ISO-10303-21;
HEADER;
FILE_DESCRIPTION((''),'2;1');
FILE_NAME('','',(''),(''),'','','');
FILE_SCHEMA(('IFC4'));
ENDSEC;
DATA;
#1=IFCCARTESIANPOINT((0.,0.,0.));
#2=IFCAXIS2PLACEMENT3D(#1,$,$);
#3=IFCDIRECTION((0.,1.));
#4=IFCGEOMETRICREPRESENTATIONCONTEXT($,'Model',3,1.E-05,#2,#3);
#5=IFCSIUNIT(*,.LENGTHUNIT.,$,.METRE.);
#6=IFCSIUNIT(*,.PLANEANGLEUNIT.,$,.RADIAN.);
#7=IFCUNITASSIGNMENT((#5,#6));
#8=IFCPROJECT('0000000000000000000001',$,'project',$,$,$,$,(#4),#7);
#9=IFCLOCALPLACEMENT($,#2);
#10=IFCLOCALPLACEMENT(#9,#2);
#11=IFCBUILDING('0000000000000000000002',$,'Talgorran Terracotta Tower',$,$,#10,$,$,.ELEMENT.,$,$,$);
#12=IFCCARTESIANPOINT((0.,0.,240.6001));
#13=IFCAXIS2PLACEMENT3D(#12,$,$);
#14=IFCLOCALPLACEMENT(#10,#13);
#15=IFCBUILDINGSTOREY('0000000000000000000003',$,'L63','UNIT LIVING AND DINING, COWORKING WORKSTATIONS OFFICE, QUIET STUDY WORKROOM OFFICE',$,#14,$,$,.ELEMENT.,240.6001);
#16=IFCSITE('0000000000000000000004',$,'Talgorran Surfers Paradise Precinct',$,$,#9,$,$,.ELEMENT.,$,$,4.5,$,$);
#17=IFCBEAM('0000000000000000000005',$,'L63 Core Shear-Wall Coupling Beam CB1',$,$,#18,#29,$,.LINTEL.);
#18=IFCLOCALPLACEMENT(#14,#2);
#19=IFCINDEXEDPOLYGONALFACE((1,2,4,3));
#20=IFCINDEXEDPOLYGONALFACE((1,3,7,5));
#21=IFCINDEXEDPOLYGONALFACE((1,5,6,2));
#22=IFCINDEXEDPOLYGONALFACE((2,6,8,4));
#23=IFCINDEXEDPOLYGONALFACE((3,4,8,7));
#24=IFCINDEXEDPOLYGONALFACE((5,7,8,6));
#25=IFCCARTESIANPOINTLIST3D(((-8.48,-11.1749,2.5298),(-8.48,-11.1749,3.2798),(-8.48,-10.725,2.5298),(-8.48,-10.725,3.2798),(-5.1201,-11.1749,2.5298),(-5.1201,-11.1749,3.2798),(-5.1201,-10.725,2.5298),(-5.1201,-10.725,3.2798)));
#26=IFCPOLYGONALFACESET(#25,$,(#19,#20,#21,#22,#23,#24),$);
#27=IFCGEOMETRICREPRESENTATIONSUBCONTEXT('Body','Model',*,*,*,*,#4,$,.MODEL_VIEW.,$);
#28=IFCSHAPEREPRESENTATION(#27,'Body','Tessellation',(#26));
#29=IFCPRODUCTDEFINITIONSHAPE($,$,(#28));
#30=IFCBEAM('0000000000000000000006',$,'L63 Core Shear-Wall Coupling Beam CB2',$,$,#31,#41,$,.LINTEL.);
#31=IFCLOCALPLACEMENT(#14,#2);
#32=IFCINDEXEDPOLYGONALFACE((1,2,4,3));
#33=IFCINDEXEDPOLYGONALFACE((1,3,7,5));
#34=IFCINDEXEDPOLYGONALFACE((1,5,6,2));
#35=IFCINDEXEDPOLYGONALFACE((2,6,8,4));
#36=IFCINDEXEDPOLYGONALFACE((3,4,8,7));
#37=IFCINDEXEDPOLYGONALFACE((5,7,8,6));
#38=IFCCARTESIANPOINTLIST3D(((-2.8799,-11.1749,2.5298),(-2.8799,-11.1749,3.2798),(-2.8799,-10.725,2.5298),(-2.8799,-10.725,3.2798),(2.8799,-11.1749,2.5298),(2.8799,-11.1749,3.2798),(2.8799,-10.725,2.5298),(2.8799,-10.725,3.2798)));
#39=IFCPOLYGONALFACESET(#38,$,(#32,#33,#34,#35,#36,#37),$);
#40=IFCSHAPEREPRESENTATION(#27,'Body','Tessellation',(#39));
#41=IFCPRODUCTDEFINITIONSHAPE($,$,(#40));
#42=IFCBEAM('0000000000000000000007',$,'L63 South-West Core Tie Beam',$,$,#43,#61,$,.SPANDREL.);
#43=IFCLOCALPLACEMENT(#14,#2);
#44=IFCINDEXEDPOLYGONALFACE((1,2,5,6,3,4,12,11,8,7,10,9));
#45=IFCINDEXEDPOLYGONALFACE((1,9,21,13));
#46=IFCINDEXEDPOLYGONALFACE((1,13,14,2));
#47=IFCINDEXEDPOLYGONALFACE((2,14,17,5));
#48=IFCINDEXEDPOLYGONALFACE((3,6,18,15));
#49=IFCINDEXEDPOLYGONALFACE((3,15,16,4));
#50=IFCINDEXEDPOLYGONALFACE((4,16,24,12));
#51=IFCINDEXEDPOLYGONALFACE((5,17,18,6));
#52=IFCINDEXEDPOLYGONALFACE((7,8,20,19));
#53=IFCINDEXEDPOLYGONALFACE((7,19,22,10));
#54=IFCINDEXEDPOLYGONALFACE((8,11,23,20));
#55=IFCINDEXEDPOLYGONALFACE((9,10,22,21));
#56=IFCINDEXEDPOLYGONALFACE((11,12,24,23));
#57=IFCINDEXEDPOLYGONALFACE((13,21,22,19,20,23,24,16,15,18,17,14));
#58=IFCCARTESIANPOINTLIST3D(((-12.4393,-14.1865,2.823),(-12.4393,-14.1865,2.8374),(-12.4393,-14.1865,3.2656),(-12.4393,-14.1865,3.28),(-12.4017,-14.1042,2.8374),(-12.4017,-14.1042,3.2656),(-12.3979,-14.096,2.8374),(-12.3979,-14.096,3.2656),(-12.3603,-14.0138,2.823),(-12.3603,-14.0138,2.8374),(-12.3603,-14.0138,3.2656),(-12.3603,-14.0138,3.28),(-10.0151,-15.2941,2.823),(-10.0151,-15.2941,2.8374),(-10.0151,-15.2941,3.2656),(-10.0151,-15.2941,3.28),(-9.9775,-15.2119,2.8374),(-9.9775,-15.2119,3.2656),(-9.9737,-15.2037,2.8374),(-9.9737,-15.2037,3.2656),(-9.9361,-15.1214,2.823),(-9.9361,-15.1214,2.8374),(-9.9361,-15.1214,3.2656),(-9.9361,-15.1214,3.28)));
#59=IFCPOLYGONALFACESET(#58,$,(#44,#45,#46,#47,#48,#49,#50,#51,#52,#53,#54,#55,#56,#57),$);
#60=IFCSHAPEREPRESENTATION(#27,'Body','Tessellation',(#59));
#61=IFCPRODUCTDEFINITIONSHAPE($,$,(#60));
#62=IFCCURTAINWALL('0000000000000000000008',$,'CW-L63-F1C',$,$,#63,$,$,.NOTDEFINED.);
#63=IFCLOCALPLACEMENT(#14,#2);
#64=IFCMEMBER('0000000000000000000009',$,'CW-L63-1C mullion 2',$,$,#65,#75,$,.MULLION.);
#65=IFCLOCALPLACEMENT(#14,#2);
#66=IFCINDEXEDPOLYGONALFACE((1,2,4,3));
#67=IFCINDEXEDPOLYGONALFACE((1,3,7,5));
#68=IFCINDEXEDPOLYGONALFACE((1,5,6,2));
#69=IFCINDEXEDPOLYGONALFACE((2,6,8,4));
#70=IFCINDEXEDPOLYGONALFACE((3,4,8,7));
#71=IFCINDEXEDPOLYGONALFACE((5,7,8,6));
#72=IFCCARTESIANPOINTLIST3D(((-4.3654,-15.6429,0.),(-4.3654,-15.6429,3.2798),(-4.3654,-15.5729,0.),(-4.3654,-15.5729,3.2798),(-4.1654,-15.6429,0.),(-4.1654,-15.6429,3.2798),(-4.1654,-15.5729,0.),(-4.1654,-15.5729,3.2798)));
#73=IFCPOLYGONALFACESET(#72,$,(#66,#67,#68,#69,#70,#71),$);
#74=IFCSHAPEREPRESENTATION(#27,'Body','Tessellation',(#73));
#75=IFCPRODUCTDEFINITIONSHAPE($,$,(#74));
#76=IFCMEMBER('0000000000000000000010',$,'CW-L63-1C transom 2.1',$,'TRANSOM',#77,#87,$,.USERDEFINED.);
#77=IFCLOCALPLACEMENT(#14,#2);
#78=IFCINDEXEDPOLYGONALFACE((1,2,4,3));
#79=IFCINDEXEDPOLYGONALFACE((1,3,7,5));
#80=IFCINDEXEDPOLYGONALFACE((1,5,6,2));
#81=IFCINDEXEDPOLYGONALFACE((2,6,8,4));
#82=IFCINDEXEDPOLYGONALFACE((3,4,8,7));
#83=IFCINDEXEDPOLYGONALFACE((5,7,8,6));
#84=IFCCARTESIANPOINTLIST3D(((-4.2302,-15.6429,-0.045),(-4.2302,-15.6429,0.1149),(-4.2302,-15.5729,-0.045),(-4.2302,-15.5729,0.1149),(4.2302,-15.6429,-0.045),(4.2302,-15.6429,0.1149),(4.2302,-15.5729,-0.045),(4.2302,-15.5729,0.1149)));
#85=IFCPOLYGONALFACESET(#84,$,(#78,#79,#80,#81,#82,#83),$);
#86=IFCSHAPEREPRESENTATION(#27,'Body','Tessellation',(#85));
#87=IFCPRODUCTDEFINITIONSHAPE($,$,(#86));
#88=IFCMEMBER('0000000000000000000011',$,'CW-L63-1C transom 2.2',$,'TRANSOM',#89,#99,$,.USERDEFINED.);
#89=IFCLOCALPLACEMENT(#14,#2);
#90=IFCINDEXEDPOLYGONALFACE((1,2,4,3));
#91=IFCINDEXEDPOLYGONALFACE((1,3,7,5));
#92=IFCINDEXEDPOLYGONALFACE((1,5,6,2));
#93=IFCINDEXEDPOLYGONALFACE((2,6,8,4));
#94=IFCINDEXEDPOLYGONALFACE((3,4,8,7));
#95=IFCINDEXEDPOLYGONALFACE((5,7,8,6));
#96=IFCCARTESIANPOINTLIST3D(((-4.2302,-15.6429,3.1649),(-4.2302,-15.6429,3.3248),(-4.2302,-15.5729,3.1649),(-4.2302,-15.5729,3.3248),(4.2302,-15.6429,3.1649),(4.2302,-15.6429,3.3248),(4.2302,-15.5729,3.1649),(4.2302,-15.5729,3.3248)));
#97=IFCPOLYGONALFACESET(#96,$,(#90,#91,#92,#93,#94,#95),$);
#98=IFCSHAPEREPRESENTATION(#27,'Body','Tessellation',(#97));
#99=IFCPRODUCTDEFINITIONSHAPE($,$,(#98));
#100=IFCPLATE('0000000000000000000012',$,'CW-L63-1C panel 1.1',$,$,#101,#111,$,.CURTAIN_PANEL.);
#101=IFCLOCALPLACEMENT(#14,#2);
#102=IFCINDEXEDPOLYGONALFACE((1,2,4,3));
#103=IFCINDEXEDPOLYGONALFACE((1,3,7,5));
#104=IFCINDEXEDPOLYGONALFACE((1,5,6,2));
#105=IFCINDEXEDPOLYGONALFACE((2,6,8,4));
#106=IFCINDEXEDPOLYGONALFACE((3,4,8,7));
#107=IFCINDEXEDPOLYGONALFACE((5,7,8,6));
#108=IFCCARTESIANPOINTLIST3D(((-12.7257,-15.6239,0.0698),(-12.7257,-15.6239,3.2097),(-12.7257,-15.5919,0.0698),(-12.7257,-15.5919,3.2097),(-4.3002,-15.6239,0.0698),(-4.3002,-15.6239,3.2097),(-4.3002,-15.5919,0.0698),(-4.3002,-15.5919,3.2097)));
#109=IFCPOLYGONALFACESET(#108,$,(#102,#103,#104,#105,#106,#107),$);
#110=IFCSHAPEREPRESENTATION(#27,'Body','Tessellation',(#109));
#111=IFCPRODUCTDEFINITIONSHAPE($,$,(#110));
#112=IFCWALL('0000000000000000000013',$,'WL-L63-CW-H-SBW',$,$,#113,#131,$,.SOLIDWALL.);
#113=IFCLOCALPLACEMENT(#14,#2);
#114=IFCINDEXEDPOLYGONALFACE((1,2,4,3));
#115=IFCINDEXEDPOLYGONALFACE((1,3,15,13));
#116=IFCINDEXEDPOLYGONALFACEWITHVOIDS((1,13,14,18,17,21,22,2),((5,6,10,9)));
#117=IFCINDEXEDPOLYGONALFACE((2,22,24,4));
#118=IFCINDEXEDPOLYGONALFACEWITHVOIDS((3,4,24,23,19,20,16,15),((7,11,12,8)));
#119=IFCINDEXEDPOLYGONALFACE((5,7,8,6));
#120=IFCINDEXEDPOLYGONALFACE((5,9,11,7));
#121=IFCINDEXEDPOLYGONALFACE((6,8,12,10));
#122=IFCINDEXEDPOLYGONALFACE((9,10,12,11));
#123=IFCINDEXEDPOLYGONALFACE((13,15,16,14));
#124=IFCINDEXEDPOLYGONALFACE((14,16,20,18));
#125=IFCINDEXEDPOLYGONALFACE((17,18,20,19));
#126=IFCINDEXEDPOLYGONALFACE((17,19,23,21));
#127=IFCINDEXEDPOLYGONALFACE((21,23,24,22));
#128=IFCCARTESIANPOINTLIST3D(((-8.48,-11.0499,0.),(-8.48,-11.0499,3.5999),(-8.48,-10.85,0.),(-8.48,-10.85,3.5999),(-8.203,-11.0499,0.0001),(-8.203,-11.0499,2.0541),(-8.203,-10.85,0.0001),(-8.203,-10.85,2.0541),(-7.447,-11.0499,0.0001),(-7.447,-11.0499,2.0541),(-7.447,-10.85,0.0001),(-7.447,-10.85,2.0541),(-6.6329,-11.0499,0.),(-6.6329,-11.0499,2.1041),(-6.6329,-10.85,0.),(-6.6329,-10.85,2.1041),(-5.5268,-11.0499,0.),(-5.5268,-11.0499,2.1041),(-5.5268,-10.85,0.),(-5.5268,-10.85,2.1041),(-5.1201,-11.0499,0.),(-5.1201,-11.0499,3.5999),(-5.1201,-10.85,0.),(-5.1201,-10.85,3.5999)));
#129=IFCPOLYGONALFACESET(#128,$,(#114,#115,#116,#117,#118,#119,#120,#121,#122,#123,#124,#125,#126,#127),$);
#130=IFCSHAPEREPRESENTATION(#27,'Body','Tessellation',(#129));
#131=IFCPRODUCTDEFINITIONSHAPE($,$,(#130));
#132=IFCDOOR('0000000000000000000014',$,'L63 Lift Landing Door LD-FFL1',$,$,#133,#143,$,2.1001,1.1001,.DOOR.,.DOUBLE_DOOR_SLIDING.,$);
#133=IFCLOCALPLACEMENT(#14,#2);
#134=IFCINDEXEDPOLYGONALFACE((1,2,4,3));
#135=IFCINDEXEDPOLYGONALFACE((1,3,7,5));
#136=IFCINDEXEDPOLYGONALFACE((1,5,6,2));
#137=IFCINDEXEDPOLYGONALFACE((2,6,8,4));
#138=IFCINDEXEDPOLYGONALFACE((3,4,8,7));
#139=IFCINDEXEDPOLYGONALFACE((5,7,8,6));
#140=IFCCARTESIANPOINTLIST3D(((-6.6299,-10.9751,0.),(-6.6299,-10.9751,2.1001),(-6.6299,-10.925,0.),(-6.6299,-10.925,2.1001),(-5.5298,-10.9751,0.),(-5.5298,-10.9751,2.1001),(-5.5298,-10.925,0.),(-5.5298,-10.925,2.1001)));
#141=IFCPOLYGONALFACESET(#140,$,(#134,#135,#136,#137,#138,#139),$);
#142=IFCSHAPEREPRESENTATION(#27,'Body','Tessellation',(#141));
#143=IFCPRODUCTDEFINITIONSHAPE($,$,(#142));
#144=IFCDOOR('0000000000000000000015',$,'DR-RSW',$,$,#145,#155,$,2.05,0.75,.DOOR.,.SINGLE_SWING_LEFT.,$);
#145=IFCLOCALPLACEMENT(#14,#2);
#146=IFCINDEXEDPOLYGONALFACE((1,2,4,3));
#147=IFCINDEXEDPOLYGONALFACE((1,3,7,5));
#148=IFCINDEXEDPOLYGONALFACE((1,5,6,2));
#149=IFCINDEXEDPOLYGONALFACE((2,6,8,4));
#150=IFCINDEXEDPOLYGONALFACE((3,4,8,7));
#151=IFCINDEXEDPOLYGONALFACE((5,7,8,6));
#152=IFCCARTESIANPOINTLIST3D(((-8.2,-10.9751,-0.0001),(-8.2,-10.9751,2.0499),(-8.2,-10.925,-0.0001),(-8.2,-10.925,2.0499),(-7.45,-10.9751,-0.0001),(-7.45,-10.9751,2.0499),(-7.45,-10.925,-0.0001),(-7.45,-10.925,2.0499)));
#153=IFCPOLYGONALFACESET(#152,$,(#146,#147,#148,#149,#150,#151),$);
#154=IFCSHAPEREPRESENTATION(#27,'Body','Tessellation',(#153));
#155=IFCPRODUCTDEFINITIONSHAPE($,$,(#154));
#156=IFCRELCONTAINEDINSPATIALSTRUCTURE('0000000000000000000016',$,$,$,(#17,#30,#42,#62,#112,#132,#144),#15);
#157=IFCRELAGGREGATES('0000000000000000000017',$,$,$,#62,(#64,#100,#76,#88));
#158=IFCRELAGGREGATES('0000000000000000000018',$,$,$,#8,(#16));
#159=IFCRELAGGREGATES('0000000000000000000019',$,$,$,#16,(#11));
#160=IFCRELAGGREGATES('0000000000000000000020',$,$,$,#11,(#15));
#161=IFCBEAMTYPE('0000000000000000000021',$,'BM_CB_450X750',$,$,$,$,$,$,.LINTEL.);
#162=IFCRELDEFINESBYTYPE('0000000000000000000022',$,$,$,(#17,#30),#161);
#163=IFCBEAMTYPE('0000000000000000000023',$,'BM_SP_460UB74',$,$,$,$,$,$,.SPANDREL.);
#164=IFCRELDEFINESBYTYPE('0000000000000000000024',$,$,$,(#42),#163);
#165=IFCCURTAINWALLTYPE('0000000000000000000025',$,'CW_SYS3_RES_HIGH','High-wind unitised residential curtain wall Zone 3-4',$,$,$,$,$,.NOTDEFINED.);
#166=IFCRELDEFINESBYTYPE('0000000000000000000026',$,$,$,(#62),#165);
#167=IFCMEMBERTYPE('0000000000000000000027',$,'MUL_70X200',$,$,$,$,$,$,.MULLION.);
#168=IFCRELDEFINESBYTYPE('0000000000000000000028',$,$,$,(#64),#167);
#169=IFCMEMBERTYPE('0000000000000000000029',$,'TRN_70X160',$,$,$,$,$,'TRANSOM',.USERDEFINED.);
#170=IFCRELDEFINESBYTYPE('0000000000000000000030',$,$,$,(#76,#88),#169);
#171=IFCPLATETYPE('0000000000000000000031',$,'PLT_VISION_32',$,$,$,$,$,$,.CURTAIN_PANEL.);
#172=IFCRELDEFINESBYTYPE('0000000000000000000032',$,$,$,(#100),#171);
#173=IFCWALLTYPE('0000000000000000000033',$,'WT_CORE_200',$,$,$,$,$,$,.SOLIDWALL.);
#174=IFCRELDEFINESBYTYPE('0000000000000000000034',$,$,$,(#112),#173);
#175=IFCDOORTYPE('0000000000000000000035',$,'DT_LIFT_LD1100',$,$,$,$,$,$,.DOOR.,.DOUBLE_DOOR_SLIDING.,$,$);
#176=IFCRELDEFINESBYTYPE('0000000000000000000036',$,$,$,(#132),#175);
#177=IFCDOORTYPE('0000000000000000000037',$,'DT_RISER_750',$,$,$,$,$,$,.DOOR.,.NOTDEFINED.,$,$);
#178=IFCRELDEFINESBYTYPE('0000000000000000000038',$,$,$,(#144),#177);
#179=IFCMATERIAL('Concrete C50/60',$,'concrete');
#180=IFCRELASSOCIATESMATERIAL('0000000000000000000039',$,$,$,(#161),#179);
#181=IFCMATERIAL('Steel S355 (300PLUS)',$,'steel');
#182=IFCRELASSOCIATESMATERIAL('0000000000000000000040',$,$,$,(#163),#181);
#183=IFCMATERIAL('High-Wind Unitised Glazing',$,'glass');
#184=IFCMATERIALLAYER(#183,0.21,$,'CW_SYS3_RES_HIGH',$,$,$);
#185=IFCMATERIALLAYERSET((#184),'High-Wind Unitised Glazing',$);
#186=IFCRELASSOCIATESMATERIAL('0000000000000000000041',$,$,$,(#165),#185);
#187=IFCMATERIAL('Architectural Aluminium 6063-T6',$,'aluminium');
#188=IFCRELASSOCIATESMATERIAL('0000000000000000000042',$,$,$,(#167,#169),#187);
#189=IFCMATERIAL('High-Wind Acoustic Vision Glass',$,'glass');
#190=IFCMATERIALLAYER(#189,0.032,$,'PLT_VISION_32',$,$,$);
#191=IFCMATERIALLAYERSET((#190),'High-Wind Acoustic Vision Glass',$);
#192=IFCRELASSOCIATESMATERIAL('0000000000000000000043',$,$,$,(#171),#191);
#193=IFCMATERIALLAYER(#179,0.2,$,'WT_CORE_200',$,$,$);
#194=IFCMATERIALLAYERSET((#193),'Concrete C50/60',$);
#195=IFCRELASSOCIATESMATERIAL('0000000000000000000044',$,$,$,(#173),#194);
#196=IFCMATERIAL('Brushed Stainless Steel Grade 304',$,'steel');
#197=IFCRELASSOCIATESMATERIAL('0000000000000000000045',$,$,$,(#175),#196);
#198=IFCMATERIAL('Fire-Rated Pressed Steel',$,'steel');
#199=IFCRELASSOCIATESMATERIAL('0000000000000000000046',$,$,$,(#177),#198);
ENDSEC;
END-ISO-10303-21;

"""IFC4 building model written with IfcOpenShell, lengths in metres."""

from ifc_helpers import new_model, si_unit, direction, frame, frame_2d, origin, origin_2d, place, context, subcontext, project, spatial, rectangle, i_section, extrude, source, transform, mapped, material, layer, layer_set, material_profile, profile_set, type_object, type_shapes, element, fill, aggregate, save


model = new_model("IFC4")

# Units and contexts
model_context = context("Model", 3, precision=1e-05, world=origin(), true_north=direction((0.0, 1.0)))
body_context = subcontext(model_context, "Body", "Model", "MODEL_VIEW")
ifc_project = project(units=[si_unit("LENGTHUNIT", "METRE"), si_unit("PLANEANGLEUNIT", "RADIAN")], contexts=[model_context])

# Site, building, storey
site_placement = place(None, origin())
site = spatial("IfcSite", under=ifc_project, at=site_placement, Name="Talgorran Surfers Paradise Precinct", CompositionType="ELEMENT", RefElevation=4.5)
building_placement = place(site_placement, origin())
building = spatial("IfcBuilding", under=site, at=building_placement, Name="Talgorran Terracotta Tower", CompositionType="ELEMENT")
storey_placement = place(building_placement, frame((0.0, 0.0, 240.6001)))
storey = spatial("IfcBuildingStorey", under=building, at=storey_placement, Name="L63", Description="UNIT LIVING AND DINING, COWORKING WORKSTATIONS OFFICE, QUIET STUDY WORKROOM OFFICE", CompositionType="ELEMENT", Elevation=240.6001)

# Beams
ifc_material_1 = material(Name="Concrete C50/60", Category="concrete")
ifc_material_profile_1 = material_profile(ifc_material_1, rectangle(XDim=0.45, YDim=0.75, at=origin_2d()), Name="RCCB450X750")
ifc_profile_set_1 = profile_set([ifc_material_profile_1], Name="Concrete C50/60")
beam_type_1 = type_object("IfcBeamType", Name="BM_CB_450X750", PredefinedType="LINTEL", material=ifc_profile_set_1)
beam_1_placement = place(storey_placement, frame((-8.48, -10.95, 2.9048), z_axis=(1.0, 0.0, 0.0), x_axis=(0.0, 1.0, 0.0)))
element("IfcBeam", 1, at=beam_1_placement, inside=storey, type_object=beam_type_1, Name="L63 Core Shear-Wall Coupling Beam CB1", PredefinedType="LINTEL", context=body_context, shape_type="SweptSolid", body=[
    extrude(rectangle(XDim=0.45, YDim=0.75, at=origin_2d()), origin(), (0.0, 0.0, 1.0), 3.3599),
])
beam_2_placement = place(storey_placement, frame((-2.8799, -10.95, 2.9048), z_axis=(1.0, 0.0, 0.0), x_axis=(0.0, 1.0, 0.0)))
element("IfcBeam", 2, at=beam_2_placement, inside=storey, type_object=beam_type_1, Name="L63 Core Shear-Wall Coupling Beam CB2", PredefinedType="LINTEL", context=body_context, shape_type="SweptSolid", body=[
    extrude(rectangle(XDim=0.45, YDim=0.75, at=origin_2d()), origin(), (0.0, 0.0, 1.0), 5.7598),
])
ifc_material_2 = material(Name="Steel S355 (300PLUS)", Category="steel")
ifc_material_profile_2 = material_profile(ifc_material_2, i_section(OverallWidth=0.1899, OverallDepth=0.457, WebThickness=0.009, FlangeThickness=0.0144, at=origin_2d()), Name="460UB74.6")
ifc_profile_set_2 = profile_set([ifc_material_profile_2], Name="Steel S355 (300PLUS)")
beam_type_2 = type_object("IfcBeamType", Name="BM_SP_460UB74", PredefinedType="SPANDREL", material=ifc_profile_set_2)
beam_3_placement = place(storey_placement, frame((-9.9756, -15.2078, 3.0515), z_axis=(-0.909559, 0.415576, 0.0), x_axis=(-0.415576, -0.909559, 0.0)))
element("IfcBeam", 3, at=beam_3_placement, inside=storey, type_object=beam_type_2, Name="L63 South-West Core Tie Beam", PredefinedType="SPANDREL", context=body_context, shape_type="SweptSolid", body=[
    extrude(i_section(OverallWidth=0.1899, OverallDepth=0.457, WebThickness=0.009, FlangeThickness=0.0144, at=origin_2d()), origin(), (0.0, 0.0, 1.0), 2.6653),
])

# Curtain wall, members, plate
ifc_material_3 = material(Name="High-Wind Unitised Glazing", Category="glass")
ifc_layer_1 = layer(ifc_material_3, 0.21, Name="CW_SYS3_RES_HIGH")
ifc_layer_set_1 = layer_set([ifc_layer_1], Name="High-Wind Unitised Glazing")
curtain_wall_type = type_object("IfcCurtainWallType", Name="CW_SYS3_RES_HIGH", Description="High-wind unitised residential curtain wall Zone 3-4", PredefinedType="NOTDEFINED", material=ifc_layer_set_1)
curtain_wall_placement = place(storey_placement, origin())
curtain_wall = element("IfcCurtainWall", 4, at=curtain_wall_placement, inside=storey, type_object=curtain_wall_type, Name="CW-L63-F1C", PredefinedType="NOTDEFINED")
ifc_material_4 = material(Name="Architectural Aluminium 6063-T6", Category="aluminium")
ifc_material_profile_3 = material_profile(ifc_material_4, rectangle(XDim=0.0701, YDim=0.2, at=origin_2d()), Name="CWM70X200")
ifc_profile_set_3 = profile_set([ifc_material_profile_3], Name="Architectural Aluminium 6063-T6")
member_type_1 = type_object("IfcMemberType", Name="MUL_70X200", PredefinedType="MULLION", material=ifc_profile_set_3)
member_1_placement = place(storey_placement, frame((-4.2654, -15.6079, 0.0), z_axis=(0.0, 0.0, 1.0), x_axis=(0.0, 1.0, 0.0)))
member_1 = element("IfcMember", 5, at=member_1_placement, type_object=member_type_1, Name="CW-L63-1C mullion 2", PredefinedType="MULLION", context=body_context, shape_type="SweptSolid", body=[
    extrude(rectangle(XDim=0.0701, YDim=0.2, at=origin_2d()), origin(), (0.0, 0.0, 1.0), 3.2798),
])
ifc_material_profile_4 = material_profile(ifc_material_4, rectangle(XDim=0.0701, YDim=0.1599, at=origin_2d()), Name="CWT70X160")
ifc_profile_set_4 = profile_set([ifc_material_profile_4], Name="Architectural Aluminium 6063-T6")
member_type_2 = type_object("IfcMemberType", Name="TRN_70X160", ElementType="TRANSOM", PredefinedType="USERDEFINED", material=ifc_profile_set_4)
member_2_placement = place(storey_placement, frame((-4.2302, -15.6079, 0.0349), z_axis=(1.0, 0.0, 0.0), x_axis=(0.0, 1.0, 0.0)))
member_2 = element("IfcMember", 6, at=member_2_placement, type_object=member_type_2, Name="CW-L63-1C transom 2.1", ObjectType="TRANSOM", PredefinedType="USERDEFINED", context=body_context, shape_type="SweptSolid", body=[
    extrude(rectangle(XDim=0.0701, YDim=0.1599, at=origin_2d()), origin(), (0.0, 0.0, 1.0), 8.4604),
])
member_3_placement = place(storey_placement, frame((-4.2302, -15.6079, 3.2449), z_axis=(1.0, 0.0, 0.0), x_axis=(0.0, 1.0, 0.0)))
member_3 = element("IfcMember", 7, at=member_3_placement, type_object=member_type_2, Name="CW-L63-1C transom 2.2", ObjectType="TRANSOM", PredefinedType="USERDEFINED", context=body_context, shape_type="SweptSolid", body=[
    extrude(rectangle(XDim=0.0701, YDim=0.1599, at=origin_2d()), origin(), (0.0, 0.0, 1.0), 8.4604),
])
ifc_material_5 = material(Name="High-Wind Acoustic Vision Glass", Category="glass")
ifc_layer_2 = layer(ifc_material_5, 0.032, Name="PLT_VISION_32")
ifc_layer_set_2 = layer_set([ifc_layer_2], Name="High-Wind Acoustic Vision Glass")
plate_type = type_object("IfcPlateType", Name="PLT_VISION_32", PredefinedType="CURTAIN_PANEL", material=ifc_layer_set_2)
shared_shape = source(origin(), body_context, "Body", "SweptSolid", [
    extrude(rectangle(XDim=8.4255, YDim=0.032, at=origin_2d()), origin(), (0.0, 0.0, 1.0), 3.1399),
])
type_shapes(plate_type, [shared_shape])
plate_placement = place(storey_placement, frame((-8.5129, -15.6079, 0.0698), z_axis=(0.0, 0.0, 1.0), x_axis=(1.0, 0.0, 0.0)))
plate = element("IfcPlate", 8, at=plate_placement, type_object=plate_type, Name="CW-L63-1C panel 1.1", PredefinedType="CURTAIN_PANEL", context=body_context, shape_type="MappedRepresentation", body=[
    mapped(shared_shape, transform((0.0, 0.0, 0.0), scale=1.0)),
])
aggregate(curtain_wall, [member_1, plate, member_2, member_3])

# Wall, openings, doors
ifc_layer_3 = layer(ifc_material_1, 0.2, Name="WT_CORE_200")
ifc_layer_set_3 = layer_set([ifc_layer_3], Name="Concrete C50/60")
wall_type_1 = type_object("IfcWallType", Name="WT_CORE_200", PredefinedType="SOLIDWALL", material=ifc_layer_set_3)
wall_1_placement = place(storey_placement, frame((-8.48, -10.95, 0.0), z_axis=(0.0, 0.0, 1.0), x_axis=(1.0, 0.0, 0.0)))
wall_1 = element("IfcWall", 9, at=wall_1_placement, inside=storey, type_object=wall_type_1, Name="WL-L63-CW-H-SBW", PredefinedType="SOLIDWALL", context=body_context, shape_type="SweptSolid", body=[
    extrude(rectangle(XDim=3.3599, YDim=0.2, at=frame_2d((1.6799, 0.0))), origin(), (0.0, 0.0, 1.0), 3.5999),
])
opening_1_placement = place(wall_1_placement, frame((0.28, 0.0, 0.0)))
opening_1 = element("IfcOpeningElement", 10, at=opening_1_placement, cuts=wall_1, PredefinedType="OPENING", context=body_context, shape_type="SweptSolid", body=[
    extrude(rectangle(XDim=0.756, YDim=2.054, at=frame_2d((0.375, 1.0271))), frame((0.0, 0.1099, 0.0), z_axis=(0.0, -1.0, 0.0), x_axis=(1.0, 0.0, 0.0)), (0.0, 0.0, 1.0), 0.22),
])
opening_2_placement = place(wall_1_placement, frame((1.8501, 0.0, 0.0)))
opening_2 = element("IfcOpeningElement", 11, at=opening_2_placement, cuts=wall_1, PredefinedType="OPENING", context=body_context, shape_type="SweptSolid", body=[
    extrude(rectangle(XDim=1.1061, YDim=2.1041, at=frame_2d((0.55, 1.052))), frame((0.0, 0.1099, 0.0), z_axis=(0.0, -1.0, 0.0), x_axis=(1.0, 0.0, 0.0)), (0.0, 0.0, 1.0), 0.22),
])
ifc_material_6 = material(Name="Brushed Stainless Steel Grade 304", Category="steel")
door_type_1 = type_object("IfcDoorType", Name="DT_LIFT_LD1100", OperationType="DOUBLE_DOOR_SLIDING", PredefinedType="DOOR", material=ifc_material_6)
door_1_placement = place(opening_2_placement, origin())
door_1 = element("IfcDoor", 12, at=door_1_placement, inside=storey, type_object=door_type_1, Name="L63 Lift Landing Door LD-FFL1", OperationType="DOUBLE_DOOR_SLIDING", OverallHeight=2.1001, OverallWidth=1.1001, PredefinedType="DOOR", context=body_context, shape_type="SweptSolid", body=[
    extrude(rectangle(XDim=1.1001, YDim=2.1001, at=frame_2d((0.55, 1.05))), frame((0.0, 0.0249, 0.0), z_axis=(0.0, -1.0, 0.0), x_axis=(1.0, 0.0, 0.0)), (0.0, 0.0, 1.0), 0.05),
])
fill(opening_2, door_1)
ifc_material_7 = material(Name="Fire-Rated Pressed Steel", Category="steel")
door_type_2 = type_object("IfcDoorType", Name="DT_RISER_750", OperationType="NOTDEFINED", PredefinedType="DOOR", material=ifc_material_7)
door_2_placement = place(opening_1_placement, origin())
door_2 = element("IfcDoor", 13, at=door_2_placement, inside=storey, type_object=door_type_2, Name="DR-RSW", OperationType="SINGLE_SWING_LEFT", OverallHeight=2.05, OverallWidth=0.75, PredefinedType="DOOR", context=body_context, shape_type="SweptSolid", body=[
    extrude(rectangle(XDim=0.75, YDim=2.05, at=frame_2d((0.375, 1.0249))), frame((0.0, 0.0249, 0.0), z_axis=(0.0, -1.0, 0.0), x_axis=(1.0, 0.0, 0.0)), (0.0, 0.0, 1.0), 0.05),
])
fill(opening_1, door_2)

save(model, "model.ifc")
